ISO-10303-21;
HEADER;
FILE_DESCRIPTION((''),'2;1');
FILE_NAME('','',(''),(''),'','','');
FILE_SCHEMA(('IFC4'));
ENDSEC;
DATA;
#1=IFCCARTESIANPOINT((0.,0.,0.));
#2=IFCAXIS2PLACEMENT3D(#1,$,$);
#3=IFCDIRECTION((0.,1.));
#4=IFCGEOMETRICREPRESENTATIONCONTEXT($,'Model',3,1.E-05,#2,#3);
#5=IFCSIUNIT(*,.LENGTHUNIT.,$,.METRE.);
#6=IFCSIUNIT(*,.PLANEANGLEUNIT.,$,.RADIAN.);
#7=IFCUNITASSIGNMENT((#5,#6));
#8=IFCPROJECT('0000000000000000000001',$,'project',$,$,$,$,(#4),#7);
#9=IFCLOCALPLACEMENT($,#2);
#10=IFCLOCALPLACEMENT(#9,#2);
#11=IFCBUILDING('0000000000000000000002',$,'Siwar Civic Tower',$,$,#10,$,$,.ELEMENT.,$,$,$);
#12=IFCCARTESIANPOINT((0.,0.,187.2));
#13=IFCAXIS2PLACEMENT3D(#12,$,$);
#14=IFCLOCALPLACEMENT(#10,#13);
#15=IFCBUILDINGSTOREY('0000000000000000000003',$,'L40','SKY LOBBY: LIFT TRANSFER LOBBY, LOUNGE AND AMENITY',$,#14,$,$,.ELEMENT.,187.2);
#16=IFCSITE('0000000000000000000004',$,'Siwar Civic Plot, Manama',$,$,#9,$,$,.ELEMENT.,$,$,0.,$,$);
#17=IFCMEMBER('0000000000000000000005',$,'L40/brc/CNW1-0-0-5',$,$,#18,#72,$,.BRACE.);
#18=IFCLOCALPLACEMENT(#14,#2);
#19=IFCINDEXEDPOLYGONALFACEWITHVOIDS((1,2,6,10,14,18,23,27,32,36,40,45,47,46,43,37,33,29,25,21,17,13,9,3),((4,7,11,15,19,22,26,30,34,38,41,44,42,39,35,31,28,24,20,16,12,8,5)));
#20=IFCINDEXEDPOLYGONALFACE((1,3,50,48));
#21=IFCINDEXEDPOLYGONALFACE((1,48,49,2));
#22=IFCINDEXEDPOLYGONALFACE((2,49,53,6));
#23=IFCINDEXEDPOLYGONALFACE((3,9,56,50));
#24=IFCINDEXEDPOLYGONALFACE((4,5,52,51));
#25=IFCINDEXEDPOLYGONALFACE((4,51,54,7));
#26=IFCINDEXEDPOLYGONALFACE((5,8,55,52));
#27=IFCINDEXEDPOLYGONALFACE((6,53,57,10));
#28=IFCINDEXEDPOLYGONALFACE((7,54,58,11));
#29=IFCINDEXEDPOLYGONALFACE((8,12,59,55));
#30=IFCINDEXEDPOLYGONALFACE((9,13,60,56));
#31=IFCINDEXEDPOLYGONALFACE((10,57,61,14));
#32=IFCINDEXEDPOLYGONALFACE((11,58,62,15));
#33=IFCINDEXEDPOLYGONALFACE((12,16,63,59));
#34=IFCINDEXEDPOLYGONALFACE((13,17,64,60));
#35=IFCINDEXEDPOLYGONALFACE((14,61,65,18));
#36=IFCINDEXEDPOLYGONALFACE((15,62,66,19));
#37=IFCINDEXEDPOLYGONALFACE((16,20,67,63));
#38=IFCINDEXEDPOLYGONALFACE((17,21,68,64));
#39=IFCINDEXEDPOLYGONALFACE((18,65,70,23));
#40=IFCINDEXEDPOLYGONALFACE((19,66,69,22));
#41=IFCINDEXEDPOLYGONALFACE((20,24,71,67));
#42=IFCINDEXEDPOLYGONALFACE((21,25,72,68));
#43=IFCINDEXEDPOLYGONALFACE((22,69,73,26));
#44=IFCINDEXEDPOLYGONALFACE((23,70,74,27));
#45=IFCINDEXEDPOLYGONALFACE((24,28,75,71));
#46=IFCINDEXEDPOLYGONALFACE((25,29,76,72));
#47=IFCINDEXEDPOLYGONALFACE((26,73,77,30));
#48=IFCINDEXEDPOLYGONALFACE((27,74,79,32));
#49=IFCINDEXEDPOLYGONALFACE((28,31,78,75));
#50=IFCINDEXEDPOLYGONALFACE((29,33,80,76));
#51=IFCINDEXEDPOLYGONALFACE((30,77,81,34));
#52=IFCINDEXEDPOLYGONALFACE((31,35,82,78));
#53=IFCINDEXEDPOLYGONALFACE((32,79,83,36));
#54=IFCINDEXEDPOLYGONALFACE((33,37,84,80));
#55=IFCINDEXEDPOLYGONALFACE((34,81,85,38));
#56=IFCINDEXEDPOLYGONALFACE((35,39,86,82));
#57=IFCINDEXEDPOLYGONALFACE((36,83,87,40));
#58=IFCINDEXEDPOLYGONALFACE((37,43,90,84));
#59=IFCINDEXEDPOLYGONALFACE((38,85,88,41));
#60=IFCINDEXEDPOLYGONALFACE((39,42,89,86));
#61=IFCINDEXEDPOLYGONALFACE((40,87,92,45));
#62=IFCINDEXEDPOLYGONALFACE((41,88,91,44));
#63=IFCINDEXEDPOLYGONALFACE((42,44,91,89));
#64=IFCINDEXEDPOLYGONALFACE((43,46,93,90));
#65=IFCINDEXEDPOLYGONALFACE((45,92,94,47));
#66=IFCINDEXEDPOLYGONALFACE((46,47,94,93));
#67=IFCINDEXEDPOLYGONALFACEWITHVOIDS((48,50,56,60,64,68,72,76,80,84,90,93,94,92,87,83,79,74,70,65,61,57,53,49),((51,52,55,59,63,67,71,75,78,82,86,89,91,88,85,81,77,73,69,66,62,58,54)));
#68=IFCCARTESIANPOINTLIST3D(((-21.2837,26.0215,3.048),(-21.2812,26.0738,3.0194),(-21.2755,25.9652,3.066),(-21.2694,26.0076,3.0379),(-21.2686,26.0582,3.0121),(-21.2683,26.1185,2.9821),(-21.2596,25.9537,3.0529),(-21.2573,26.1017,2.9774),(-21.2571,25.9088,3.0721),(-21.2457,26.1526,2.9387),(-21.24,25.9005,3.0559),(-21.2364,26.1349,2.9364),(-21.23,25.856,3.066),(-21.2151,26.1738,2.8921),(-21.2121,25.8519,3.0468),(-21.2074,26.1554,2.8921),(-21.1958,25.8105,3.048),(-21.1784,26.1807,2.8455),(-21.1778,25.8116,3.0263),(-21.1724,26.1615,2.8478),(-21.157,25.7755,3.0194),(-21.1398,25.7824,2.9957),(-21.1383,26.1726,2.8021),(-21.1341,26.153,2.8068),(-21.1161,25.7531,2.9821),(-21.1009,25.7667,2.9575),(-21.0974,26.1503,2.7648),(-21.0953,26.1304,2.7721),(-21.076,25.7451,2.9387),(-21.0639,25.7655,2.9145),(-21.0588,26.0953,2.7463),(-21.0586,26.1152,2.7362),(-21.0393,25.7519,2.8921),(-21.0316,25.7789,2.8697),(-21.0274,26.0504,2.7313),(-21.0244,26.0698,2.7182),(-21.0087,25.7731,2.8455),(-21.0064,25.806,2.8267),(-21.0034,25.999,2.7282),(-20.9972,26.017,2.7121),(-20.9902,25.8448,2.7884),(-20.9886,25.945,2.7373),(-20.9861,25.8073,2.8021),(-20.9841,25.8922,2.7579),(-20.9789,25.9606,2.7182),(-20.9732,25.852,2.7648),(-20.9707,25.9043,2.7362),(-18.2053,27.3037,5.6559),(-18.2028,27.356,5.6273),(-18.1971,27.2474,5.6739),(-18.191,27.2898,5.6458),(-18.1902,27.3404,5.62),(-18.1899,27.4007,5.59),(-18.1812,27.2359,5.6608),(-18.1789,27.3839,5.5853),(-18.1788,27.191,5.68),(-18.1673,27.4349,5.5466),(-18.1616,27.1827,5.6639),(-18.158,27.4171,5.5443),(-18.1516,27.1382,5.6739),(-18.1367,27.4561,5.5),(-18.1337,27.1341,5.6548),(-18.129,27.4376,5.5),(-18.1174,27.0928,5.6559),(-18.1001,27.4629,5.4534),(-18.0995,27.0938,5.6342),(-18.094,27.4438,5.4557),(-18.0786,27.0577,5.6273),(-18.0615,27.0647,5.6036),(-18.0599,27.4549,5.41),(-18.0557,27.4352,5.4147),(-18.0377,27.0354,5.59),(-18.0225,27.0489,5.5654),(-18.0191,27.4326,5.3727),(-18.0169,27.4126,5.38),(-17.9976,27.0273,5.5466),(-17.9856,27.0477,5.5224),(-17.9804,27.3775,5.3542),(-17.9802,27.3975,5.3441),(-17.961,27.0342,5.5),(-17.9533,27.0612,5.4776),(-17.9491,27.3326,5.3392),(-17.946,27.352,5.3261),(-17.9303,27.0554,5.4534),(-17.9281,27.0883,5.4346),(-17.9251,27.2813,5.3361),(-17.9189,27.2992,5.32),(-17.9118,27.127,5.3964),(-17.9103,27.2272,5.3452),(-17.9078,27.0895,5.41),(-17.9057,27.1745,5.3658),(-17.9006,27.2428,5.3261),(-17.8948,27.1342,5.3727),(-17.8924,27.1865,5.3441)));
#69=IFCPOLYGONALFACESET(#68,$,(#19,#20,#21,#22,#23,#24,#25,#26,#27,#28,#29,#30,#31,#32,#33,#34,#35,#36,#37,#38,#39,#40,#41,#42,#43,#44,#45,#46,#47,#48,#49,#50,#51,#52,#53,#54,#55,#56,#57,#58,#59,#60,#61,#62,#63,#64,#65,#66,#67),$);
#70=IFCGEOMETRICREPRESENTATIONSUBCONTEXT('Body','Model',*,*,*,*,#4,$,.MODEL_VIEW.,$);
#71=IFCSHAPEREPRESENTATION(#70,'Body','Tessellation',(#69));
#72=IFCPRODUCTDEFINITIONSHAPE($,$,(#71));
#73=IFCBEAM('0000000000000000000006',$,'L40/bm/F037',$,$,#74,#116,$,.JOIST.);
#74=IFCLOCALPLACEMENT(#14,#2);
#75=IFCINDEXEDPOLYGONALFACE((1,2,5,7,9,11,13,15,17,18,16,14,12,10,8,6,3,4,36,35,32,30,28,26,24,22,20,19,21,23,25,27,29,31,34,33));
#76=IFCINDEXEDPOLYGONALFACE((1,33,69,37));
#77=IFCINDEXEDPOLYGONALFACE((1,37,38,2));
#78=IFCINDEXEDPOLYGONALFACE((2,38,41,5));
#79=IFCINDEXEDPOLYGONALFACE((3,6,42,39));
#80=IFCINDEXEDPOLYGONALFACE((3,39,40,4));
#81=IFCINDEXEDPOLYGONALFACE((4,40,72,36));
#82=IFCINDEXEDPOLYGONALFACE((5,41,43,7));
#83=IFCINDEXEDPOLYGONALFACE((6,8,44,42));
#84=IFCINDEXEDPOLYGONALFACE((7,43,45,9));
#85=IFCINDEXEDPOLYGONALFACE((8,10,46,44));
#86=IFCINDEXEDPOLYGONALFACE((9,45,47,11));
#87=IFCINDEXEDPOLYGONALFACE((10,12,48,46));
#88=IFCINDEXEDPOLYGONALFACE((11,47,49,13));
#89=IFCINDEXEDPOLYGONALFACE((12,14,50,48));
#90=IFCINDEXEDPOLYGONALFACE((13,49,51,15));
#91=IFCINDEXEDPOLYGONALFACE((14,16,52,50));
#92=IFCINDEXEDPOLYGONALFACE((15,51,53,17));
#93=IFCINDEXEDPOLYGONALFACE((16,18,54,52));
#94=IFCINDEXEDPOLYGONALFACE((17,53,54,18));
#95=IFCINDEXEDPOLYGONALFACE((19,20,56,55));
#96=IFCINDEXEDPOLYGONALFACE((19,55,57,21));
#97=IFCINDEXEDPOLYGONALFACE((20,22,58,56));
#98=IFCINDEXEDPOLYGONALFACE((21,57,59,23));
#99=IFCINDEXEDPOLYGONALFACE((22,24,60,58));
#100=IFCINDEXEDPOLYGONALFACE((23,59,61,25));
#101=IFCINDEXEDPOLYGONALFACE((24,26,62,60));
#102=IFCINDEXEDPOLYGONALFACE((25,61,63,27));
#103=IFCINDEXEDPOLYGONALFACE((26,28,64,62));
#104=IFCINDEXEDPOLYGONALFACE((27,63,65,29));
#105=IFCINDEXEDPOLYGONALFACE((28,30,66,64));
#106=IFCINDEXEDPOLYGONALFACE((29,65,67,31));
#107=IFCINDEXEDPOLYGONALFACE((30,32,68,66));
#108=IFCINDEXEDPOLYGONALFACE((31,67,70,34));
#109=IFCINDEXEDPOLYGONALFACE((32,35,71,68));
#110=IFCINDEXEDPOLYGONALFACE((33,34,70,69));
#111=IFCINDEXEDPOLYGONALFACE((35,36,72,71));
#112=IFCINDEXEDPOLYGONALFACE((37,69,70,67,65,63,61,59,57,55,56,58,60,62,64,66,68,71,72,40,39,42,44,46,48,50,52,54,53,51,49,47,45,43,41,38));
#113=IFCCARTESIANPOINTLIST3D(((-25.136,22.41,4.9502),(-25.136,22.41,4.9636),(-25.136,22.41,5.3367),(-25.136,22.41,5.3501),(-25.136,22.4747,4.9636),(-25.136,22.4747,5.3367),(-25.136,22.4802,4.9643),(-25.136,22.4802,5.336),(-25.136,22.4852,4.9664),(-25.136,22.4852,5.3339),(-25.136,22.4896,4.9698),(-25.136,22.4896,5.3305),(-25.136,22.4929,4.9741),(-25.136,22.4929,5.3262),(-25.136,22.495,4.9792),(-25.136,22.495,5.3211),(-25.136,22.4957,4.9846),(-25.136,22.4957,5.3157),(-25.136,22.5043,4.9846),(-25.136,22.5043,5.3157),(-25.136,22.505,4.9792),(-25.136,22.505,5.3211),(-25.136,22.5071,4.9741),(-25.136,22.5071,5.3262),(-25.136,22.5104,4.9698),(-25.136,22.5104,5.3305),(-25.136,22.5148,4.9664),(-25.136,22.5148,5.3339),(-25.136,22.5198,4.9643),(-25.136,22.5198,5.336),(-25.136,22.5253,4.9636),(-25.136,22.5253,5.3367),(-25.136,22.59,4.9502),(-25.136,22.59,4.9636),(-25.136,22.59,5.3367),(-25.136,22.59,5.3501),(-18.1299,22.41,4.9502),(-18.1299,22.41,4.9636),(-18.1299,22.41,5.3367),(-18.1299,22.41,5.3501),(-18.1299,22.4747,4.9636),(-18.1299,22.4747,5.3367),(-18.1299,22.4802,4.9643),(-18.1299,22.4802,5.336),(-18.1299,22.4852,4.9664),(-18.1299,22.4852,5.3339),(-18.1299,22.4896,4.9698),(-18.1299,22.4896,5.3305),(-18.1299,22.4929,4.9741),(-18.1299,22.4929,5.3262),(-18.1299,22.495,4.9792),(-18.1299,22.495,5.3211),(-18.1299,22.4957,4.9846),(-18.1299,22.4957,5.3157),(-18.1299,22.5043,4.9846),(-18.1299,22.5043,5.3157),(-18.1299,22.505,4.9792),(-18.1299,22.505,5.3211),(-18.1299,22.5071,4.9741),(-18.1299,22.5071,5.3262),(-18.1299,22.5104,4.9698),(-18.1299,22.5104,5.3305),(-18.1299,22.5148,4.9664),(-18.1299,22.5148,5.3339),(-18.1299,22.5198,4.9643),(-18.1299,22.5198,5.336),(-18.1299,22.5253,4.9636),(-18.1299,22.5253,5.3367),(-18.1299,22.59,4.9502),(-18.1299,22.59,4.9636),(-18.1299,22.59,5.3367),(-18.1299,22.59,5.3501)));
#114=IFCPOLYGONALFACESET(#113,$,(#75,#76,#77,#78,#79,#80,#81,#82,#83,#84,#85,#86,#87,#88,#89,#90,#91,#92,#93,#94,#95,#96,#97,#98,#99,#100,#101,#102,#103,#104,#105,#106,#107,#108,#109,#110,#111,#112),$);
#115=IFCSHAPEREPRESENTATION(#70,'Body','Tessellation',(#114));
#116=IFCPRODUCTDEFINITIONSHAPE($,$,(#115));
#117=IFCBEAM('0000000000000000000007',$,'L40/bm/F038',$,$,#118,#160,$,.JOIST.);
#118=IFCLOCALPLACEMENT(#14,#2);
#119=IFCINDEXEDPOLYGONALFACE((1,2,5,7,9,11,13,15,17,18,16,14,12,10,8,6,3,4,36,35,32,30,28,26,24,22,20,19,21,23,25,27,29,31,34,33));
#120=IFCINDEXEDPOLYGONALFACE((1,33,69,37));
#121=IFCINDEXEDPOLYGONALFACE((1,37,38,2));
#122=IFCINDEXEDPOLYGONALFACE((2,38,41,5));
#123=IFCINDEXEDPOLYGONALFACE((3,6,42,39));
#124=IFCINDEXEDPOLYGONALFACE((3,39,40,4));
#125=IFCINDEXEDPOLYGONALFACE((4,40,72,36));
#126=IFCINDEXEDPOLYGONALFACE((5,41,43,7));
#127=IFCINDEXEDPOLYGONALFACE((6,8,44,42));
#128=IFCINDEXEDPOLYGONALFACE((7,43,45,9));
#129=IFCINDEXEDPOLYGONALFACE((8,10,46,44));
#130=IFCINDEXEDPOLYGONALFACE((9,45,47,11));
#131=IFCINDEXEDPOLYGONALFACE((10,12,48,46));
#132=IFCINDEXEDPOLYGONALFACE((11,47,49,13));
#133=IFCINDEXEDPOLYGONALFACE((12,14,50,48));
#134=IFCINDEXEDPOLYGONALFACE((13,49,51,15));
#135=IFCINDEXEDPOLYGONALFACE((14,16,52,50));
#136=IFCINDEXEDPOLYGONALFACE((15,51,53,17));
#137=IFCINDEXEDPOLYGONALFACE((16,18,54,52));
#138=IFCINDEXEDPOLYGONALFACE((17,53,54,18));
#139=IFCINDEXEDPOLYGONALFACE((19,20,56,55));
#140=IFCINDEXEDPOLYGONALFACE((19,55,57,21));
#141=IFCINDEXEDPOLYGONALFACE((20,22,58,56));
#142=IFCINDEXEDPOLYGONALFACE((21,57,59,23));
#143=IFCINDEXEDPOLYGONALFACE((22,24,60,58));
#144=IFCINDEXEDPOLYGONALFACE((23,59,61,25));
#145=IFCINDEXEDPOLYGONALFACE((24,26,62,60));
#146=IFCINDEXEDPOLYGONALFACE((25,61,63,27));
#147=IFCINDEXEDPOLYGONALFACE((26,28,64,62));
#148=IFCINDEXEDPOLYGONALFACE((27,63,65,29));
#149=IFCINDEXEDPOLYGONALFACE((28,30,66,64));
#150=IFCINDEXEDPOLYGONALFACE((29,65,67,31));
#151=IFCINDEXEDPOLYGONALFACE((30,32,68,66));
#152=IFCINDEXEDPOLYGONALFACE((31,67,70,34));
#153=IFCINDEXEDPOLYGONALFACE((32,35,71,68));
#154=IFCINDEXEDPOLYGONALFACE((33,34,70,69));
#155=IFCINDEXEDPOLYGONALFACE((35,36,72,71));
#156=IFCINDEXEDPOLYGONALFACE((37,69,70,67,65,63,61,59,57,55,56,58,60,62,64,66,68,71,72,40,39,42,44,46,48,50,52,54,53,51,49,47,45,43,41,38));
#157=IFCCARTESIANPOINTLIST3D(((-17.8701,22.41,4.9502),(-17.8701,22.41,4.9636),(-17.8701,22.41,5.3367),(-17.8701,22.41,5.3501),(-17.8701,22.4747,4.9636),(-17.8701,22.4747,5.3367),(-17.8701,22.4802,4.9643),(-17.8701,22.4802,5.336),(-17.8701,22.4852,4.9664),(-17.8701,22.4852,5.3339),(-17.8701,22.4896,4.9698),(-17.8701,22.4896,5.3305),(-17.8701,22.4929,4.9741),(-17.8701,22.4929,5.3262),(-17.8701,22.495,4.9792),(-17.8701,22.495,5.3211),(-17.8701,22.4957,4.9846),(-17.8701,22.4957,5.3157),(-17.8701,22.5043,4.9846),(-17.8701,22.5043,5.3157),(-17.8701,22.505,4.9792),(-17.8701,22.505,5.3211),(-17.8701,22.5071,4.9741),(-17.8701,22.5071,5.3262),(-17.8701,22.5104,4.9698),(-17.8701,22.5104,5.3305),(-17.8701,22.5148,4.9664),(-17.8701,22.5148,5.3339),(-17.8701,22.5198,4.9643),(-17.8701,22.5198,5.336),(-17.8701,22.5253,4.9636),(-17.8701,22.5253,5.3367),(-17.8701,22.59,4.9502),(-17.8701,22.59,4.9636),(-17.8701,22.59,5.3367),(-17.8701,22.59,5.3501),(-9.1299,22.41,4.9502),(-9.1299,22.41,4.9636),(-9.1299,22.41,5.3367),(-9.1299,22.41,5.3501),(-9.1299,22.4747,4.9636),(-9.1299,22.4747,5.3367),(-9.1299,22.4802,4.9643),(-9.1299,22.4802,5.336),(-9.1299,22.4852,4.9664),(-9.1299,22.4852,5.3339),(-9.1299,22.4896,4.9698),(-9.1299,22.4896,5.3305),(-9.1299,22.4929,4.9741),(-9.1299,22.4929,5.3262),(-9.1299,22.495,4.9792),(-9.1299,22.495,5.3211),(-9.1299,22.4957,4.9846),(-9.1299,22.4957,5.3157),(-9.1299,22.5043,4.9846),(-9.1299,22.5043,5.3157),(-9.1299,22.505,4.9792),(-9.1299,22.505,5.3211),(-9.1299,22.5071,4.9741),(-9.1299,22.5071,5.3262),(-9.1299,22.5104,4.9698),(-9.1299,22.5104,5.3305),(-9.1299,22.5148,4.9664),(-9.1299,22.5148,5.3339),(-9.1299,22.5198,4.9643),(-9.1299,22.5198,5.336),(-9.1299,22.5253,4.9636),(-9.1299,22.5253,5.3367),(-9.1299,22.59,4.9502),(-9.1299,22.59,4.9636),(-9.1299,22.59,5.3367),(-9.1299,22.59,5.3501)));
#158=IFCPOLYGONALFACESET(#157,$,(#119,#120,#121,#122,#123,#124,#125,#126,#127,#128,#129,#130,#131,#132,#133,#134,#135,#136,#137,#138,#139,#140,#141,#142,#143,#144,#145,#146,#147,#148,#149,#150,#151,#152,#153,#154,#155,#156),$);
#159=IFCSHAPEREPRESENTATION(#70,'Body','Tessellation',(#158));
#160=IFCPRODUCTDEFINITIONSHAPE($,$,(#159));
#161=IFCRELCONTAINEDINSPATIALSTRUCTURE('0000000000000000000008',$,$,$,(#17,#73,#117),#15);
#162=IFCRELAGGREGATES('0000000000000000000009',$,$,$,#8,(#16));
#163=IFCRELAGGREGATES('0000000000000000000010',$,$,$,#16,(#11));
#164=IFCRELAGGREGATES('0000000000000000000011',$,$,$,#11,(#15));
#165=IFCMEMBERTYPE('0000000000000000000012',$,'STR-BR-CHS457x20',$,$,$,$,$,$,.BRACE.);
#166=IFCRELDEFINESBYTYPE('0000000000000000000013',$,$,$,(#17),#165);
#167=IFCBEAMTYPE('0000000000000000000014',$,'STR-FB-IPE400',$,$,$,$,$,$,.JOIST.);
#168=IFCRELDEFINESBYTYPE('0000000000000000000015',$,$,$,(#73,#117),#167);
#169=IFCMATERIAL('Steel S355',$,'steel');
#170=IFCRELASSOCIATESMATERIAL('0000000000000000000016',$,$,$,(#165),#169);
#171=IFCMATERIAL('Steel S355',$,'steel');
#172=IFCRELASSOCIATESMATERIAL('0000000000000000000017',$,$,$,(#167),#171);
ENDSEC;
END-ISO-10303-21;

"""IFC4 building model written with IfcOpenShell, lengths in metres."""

from ifc_helpers import new_model, si_unit, direction, frame, origin, origin_2d, place, context, subcontext, project, spatial, hollow_circle, i_section, extrude, material, material_profile, profile_set, type_object, element, save


model = new_model("IFC4")

# Units and contexts
model_context = context("Model", 3, precision=1e-05, world=origin(), true_north=direction((0.0, 1.0)))
body_context = subcontext(model_context, "Body", "Model", "MODEL_VIEW")
ifc_project = project(units=[si_unit("LENGTHUNIT", "METRE"), si_unit("PLANEANGLEUNIT", "RADIAN")], contexts=[model_context])

# Site, building, storey
site_placement = place(None, origin())
site = spatial("IfcSite", under=ifc_project, at=site_placement, Name="Siwar Civic Plot, Manama", CompositionType="ELEMENT", RefElevation=0.0)
building_placement = place(site_placement, origin())
building = spatial("IfcBuilding", under=site, at=building_placement, Name="Siwar Civic Tower", CompositionType="ELEMENT")
storey_placement = place(building_placement, frame((0.0, 0.0, 187.2)))
storey = spatial("IfcBuildingStorey", under=building, at=storey_placement, Name="L40", Description="SKY LOBBY: LIFT TRANSFER LOBBY, LOUNGE AND AMENITY", CompositionType="ELEMENT", Elevation=187.2)

# Member
ifc_material_1 = material(Name="Steel S355", Category="steel")
ifc_material_profile_1 = material_profile(ifc_material_1, hollow_circle(Radius=0.2285, WallThickness=0.02, at=origin_2d()), Name="CHS457x20")
ifc_profile_set_1 = profile_set([ifc_material_profile_1], Name="Steel S355")
member_type_1 = type_object("IfcMemberType", Name="STR-BR-CHS457x20", PredefinedType="BRACE", material=ifc_profile_set_1)
member_1_placement = place(storey_placement, frame((-21.1272, 25.9629, 2.8921), z_axis=(0.727163, 0.302884, 0.616032), x_axis=(-0.384506, 0.923122, 0.0)))
element("IfcMember", 1, at=member_1_placement, inside=storey, type_object=member_type_1, Name="L40/brc/CNW1-0-0-5", PredefinedType="BRACE", context=body_context, shape_type="SweptSolid", body=[
    extrude(hollow_circle(Radius=0.2285, WallThickness=0.02, at=origin_2d()), origin(), (0.0, 0.0, 1.0), 4.2334),
])

# Beams
ifc_material_2 = material(Name="Steel S355", Category="steel")
ifc_material_profile_2 = material_profile(ifc_material_2, i_section(OverallWidth=0.1799, OverallDepth=0.3999, WebThickness=0.0085, FlangeThickness=0.0134, FilletRadius=0.021, at=origin_2d()), Name="IPE400")
ifc_profile_set_2 = profile_set([ifc_material_profile_2], Name="Steel S355")
beam_type_1 = type_object("IfcBeamType", Name="STR-FB-IPE400", PredefinedType="JOIST", material=ifc_profile_set_2)
beam_1_placement = place(storey_placement, frame((-25.136, 22.5, 5.1501), z_axis=(1.0, 0.0, 0.0), x_axis=(0.0, 1.0, 0.0)))
element("IfcBeam", 2, at=beam_1_placement, inside=storey, type_object=beam_type_1, Name="L40/bm/F037", PredefinedType="JOIST", context=body_context, shape_type="SweptSolid", body=[
    extrude(i_section(OverallWidth=0.1799, OverallDepth=0.3999, WebThickness=0.0085, FlangeThickness=0.0134, FilletRadius=0.021, at=origin_2d()), origin(), (0.0, 0.0, 1.0), 7.0061),
])
beam_2_placement = place(storey_placement, frame((-17.8701, 22.5, 5.1501), z_axis=(1.0, 0.0, 0.0), x_axis=(0.0, 1.0, 0.0)))
element("IfcBeam", 3, at=beam_2_placement, inside=storey, type_object=beam_type_1, Name="L40/bm/F038", PredefinedType="JOIST", context=body_context, shape_type="SweptSolid", body=[
    extrude(i_section(OverallWidth=0.1799, OverallDepth=0.3999, WebThickness=0.0085, FlangeThickness=0.0134, FilletRadius=0.021, at=origin_2d()), origin(), (0.0, 0.0, 1.0), 8.7402),
])

save(model, "model.ifc")
